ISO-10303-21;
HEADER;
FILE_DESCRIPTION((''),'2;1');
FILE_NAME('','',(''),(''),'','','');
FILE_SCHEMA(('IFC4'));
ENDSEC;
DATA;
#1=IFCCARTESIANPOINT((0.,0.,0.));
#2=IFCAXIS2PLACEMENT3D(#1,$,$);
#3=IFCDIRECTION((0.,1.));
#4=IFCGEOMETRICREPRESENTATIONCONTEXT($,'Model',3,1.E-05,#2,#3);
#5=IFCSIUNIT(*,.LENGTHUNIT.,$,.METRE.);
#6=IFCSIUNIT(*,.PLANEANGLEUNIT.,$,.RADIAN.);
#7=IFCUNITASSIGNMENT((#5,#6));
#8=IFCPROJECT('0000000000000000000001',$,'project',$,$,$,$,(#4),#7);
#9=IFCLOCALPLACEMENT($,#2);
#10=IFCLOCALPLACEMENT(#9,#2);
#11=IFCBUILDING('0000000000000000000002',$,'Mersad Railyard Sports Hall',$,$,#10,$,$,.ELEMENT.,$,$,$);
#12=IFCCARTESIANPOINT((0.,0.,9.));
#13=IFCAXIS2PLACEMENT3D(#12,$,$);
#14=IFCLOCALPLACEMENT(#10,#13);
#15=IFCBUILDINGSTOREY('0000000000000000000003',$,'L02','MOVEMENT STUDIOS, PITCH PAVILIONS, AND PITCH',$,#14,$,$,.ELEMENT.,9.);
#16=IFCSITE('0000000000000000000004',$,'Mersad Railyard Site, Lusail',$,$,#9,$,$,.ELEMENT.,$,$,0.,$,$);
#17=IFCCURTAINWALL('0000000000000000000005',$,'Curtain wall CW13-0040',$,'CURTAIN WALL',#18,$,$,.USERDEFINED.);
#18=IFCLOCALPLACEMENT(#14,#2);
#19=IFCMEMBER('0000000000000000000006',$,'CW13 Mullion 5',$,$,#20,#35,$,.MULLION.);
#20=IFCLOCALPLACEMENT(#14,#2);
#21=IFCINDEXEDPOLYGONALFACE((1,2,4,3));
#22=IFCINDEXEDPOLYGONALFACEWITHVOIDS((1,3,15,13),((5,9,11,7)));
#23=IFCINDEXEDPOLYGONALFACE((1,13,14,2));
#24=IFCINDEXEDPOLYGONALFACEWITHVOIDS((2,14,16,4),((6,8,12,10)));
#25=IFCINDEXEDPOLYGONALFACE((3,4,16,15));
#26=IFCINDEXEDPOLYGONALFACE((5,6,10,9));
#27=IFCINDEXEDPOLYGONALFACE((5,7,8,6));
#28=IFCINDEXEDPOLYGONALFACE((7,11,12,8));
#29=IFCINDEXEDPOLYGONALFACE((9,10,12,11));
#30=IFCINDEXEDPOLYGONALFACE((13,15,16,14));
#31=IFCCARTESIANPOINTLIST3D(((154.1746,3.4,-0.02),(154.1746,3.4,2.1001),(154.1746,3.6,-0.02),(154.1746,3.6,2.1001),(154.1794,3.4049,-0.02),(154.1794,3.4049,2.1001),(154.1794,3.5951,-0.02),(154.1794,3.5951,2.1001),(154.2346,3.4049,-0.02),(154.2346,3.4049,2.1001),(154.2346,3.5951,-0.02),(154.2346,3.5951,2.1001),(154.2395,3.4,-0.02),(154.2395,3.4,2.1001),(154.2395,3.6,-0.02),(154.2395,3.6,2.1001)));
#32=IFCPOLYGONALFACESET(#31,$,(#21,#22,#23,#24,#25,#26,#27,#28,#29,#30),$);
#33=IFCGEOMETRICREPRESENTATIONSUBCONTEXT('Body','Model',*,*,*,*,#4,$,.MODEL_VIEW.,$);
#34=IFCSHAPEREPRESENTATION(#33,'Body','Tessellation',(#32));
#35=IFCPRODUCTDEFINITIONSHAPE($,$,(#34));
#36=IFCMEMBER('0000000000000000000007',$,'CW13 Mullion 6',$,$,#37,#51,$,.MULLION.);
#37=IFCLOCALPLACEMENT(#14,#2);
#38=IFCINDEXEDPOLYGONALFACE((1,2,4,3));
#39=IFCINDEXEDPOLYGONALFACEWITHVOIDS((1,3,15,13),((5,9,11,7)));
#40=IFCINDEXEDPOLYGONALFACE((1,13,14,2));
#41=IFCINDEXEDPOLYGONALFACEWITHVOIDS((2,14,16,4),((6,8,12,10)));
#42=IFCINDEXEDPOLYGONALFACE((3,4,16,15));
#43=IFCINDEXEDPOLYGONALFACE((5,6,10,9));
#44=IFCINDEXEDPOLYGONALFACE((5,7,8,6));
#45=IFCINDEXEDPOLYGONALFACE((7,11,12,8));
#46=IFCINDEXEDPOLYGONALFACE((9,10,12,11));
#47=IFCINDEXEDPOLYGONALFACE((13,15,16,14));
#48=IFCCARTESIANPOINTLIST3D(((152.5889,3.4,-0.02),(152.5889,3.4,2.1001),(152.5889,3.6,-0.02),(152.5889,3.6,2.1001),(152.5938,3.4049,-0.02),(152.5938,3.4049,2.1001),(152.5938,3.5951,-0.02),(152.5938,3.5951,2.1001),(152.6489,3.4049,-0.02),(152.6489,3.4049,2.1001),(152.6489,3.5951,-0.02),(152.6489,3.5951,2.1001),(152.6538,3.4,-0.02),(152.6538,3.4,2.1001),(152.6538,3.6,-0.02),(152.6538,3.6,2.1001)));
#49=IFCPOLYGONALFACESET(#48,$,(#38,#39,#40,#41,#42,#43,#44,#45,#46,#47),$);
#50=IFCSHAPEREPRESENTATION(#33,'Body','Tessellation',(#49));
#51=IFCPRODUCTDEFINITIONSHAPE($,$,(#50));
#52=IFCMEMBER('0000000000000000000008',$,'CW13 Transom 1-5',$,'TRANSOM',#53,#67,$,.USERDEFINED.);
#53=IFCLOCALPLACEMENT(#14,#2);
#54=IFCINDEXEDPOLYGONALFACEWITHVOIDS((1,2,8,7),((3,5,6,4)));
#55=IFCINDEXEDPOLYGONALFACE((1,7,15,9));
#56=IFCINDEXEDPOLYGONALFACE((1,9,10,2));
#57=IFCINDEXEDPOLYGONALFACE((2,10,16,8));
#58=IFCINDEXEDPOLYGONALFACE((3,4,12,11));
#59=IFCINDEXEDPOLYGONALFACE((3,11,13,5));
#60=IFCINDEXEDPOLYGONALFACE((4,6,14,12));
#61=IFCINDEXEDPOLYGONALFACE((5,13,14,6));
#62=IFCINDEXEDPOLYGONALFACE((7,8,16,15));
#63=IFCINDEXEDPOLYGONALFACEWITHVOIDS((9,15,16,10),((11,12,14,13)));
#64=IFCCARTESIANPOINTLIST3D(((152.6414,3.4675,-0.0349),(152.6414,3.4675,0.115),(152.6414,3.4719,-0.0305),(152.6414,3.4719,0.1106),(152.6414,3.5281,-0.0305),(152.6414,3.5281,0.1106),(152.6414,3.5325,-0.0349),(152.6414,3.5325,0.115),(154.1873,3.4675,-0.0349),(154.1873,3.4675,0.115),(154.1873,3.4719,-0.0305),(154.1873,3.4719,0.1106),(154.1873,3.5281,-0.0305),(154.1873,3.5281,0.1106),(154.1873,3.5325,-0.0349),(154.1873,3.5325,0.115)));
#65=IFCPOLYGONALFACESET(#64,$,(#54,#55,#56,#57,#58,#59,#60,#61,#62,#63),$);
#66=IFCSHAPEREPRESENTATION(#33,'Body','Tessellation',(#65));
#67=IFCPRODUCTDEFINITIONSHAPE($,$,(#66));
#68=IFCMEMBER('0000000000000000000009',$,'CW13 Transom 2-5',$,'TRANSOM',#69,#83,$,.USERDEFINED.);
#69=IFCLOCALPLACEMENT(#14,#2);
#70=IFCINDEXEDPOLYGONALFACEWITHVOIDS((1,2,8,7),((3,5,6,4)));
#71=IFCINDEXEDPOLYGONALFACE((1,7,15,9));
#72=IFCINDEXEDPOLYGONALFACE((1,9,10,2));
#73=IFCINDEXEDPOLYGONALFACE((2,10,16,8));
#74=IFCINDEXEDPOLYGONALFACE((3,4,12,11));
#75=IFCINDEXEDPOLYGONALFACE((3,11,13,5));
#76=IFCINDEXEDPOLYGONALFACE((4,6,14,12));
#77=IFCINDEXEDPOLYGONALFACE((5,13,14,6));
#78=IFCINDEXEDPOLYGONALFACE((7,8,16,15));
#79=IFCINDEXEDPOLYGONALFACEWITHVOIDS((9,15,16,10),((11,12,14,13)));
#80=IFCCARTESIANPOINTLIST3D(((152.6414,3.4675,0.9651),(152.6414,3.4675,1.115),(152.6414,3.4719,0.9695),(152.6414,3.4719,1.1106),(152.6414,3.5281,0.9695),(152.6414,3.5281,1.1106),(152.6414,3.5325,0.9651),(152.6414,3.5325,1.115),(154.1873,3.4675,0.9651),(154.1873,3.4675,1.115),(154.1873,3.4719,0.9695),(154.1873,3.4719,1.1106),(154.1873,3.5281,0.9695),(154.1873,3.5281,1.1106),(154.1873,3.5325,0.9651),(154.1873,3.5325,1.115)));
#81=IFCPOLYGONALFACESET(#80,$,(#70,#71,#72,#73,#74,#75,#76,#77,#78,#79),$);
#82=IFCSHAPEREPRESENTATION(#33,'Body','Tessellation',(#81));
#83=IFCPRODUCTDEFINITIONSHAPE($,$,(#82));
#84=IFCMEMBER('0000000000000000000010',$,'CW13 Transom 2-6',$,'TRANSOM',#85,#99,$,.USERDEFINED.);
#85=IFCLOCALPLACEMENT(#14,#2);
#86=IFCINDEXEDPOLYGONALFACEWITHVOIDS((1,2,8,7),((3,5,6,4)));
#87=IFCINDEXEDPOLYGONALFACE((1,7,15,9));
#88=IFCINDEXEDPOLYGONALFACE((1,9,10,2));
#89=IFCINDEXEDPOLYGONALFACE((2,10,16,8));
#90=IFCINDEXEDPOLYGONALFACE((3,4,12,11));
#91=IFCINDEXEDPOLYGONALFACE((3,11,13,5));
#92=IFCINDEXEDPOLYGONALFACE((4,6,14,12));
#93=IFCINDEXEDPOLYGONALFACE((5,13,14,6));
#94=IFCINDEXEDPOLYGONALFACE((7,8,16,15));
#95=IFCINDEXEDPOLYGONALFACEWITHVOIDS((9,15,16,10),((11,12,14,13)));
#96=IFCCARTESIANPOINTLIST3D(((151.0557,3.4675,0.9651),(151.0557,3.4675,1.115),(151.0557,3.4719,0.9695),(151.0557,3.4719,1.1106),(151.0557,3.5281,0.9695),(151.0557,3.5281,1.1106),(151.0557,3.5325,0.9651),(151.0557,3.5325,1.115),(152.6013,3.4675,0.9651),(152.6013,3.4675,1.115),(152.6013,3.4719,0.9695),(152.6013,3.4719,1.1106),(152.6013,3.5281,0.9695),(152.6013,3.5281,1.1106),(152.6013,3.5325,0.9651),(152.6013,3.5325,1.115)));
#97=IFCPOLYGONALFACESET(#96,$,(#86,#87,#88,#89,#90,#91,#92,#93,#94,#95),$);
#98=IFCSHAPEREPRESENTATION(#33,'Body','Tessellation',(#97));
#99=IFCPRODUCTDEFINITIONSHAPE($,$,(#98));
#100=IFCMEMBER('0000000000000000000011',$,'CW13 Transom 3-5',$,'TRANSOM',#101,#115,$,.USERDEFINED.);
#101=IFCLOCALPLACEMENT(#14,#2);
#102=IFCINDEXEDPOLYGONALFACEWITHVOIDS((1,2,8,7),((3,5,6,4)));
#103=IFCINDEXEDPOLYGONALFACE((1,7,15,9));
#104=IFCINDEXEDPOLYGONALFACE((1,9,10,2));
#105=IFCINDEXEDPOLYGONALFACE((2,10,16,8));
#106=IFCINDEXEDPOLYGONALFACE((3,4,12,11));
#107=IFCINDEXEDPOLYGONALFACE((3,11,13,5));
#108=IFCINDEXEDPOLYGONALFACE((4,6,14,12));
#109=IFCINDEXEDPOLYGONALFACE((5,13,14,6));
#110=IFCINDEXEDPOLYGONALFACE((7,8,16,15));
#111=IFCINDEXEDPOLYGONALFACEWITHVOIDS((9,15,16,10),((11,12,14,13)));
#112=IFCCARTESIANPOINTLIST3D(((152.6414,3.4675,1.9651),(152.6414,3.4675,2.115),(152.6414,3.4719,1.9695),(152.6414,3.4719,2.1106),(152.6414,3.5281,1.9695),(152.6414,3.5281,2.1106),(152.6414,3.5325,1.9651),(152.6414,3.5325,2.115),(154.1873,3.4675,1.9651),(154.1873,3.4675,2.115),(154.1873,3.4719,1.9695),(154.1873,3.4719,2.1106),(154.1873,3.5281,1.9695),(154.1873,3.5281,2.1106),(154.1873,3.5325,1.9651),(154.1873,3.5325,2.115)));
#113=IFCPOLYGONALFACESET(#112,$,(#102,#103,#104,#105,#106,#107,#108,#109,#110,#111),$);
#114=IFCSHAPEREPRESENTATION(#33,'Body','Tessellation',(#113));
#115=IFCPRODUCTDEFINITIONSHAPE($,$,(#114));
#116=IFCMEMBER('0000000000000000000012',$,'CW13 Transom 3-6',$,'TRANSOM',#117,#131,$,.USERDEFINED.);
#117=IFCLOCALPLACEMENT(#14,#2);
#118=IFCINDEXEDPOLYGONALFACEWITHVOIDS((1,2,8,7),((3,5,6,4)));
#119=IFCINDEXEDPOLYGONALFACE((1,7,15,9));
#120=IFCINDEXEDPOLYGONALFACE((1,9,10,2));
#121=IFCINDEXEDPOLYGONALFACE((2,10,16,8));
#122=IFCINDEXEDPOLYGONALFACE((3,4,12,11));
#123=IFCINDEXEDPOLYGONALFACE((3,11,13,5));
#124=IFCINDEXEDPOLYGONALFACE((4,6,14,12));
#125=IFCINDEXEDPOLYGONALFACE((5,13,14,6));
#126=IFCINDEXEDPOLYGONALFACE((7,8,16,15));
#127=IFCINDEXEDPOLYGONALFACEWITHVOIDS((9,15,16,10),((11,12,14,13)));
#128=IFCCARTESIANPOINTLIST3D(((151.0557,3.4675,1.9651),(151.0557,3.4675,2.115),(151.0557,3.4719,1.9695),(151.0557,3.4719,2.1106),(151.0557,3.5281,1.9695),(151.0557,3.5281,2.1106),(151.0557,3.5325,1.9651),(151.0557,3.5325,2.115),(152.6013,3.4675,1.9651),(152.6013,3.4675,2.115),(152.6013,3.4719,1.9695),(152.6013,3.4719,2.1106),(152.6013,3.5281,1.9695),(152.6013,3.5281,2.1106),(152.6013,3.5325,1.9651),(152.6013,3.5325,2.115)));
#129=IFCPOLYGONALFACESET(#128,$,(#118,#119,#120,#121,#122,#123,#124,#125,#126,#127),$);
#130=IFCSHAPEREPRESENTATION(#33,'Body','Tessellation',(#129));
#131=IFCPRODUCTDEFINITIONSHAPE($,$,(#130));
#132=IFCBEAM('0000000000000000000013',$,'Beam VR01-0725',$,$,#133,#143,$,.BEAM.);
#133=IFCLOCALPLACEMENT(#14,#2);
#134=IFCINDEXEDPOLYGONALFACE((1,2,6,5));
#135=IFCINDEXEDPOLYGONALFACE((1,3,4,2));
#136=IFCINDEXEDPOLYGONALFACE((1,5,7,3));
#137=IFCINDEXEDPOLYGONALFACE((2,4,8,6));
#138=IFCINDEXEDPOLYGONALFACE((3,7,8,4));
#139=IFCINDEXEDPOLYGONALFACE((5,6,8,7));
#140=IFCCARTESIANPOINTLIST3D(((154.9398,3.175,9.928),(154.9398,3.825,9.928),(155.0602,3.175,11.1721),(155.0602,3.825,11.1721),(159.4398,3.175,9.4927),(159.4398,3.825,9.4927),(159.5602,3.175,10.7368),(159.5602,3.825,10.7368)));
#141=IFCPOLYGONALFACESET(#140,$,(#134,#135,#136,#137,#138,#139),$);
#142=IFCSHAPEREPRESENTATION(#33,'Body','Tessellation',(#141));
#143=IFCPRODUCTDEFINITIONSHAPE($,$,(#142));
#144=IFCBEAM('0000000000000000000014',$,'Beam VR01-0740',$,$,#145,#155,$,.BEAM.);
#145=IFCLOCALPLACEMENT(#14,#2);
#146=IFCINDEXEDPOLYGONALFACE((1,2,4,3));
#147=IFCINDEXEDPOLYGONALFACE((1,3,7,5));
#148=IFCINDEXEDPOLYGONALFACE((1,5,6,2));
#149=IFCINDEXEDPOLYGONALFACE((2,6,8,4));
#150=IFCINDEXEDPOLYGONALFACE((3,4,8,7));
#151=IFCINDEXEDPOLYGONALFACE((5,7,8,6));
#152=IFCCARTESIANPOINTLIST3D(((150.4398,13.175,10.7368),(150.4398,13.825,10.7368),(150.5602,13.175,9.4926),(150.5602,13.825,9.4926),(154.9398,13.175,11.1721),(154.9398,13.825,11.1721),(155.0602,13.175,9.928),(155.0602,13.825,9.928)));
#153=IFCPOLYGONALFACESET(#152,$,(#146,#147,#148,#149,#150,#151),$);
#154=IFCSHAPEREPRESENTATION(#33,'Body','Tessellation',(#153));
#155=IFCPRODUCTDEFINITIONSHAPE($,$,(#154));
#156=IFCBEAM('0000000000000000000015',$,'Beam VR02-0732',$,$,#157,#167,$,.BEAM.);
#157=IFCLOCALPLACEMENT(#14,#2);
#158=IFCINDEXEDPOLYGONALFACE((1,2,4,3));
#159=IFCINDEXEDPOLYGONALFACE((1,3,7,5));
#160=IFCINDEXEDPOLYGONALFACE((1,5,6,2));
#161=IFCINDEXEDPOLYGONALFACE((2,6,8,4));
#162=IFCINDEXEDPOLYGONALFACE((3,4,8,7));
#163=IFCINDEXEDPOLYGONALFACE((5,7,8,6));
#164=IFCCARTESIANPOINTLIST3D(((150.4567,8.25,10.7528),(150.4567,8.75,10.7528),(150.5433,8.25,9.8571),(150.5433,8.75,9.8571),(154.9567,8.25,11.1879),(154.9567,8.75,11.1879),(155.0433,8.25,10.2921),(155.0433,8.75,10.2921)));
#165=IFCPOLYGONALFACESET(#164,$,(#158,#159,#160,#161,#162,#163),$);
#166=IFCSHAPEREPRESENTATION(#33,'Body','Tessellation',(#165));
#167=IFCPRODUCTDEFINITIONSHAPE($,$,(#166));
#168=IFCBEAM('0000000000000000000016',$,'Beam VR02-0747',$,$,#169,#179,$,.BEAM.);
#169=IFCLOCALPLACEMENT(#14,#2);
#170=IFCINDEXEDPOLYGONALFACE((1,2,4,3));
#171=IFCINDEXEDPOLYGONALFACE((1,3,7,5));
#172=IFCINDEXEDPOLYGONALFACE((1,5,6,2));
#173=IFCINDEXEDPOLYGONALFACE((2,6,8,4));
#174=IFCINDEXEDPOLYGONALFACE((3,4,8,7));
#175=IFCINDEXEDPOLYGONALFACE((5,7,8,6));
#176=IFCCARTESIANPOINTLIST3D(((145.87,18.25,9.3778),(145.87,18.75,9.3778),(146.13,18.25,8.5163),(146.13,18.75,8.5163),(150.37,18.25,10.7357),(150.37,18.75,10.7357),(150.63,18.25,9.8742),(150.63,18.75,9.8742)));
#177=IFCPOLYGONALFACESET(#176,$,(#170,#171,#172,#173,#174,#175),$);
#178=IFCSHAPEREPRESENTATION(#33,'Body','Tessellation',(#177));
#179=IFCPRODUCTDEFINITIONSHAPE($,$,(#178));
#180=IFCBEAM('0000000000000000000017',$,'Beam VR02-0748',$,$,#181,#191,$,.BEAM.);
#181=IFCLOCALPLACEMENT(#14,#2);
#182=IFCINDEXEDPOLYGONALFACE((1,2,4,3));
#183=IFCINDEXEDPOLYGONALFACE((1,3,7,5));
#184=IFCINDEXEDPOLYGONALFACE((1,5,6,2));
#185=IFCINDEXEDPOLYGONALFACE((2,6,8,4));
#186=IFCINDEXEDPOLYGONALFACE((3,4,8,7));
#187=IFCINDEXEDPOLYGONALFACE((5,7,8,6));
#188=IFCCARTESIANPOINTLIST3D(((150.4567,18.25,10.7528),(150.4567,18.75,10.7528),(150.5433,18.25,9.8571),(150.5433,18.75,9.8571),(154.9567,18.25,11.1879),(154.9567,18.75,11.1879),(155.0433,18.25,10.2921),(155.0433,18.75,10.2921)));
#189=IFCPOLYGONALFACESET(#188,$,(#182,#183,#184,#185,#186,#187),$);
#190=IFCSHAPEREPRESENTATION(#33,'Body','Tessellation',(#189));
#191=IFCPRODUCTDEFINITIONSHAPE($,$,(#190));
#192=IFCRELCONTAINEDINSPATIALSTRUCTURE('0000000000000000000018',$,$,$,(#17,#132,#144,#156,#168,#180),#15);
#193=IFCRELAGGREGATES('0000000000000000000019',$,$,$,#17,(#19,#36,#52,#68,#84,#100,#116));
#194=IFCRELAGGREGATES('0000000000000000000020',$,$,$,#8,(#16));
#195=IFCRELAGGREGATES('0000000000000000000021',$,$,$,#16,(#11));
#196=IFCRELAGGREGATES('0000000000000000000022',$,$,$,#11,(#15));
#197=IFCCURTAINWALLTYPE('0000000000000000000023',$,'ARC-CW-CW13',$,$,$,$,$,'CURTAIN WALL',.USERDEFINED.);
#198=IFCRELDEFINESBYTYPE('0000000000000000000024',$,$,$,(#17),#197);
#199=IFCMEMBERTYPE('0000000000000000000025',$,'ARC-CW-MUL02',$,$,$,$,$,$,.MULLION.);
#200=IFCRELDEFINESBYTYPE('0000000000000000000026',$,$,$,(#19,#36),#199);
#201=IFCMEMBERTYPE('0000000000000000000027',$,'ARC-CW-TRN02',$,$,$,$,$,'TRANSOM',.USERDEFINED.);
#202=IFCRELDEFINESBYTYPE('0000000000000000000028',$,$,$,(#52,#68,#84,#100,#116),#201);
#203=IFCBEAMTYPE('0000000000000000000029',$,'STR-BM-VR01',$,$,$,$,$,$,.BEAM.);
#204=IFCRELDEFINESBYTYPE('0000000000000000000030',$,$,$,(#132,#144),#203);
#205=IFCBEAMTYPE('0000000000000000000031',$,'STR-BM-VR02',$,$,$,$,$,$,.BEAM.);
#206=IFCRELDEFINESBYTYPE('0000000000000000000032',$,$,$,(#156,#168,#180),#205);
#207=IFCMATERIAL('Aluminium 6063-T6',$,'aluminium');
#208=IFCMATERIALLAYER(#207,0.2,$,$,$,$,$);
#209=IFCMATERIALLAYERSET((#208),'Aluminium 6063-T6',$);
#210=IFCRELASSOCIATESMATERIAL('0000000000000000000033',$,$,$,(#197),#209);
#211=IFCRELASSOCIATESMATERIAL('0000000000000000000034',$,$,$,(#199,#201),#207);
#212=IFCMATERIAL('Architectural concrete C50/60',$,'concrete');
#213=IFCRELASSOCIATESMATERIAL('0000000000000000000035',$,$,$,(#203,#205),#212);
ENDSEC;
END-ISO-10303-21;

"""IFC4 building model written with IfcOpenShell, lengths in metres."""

from ifc_helpers import new_model, si_unit, direction, frame, origin, origin_2d, place, context, subcontext, project, spatial, rectangle, hollow_rectangle, extrude, material, layer, layer_set, material_profile, profile_set, type_object, element, aggregate, save


model = new_model("IFC4")

# Units and contexts
model_context = context("Model", 3, precision=1e-05, world=origin(), true_north=direction((0.0, 1.0)))
body_context = subcontext(model_context, "Body", "Model", "MODEL_VIEW")
ifc_project = project(units=[si_unit("LENGTHUNIT", "METRE"), si_unit("PLANEANGLEUNIT", "RADIAN")], contexts=[model_context])

# Site, building, storey
site_placement = place(None, origin())
site = spatial("IfcSite", under=ifc_project, at=site_placement, Name="Mersad Railyard Site, Lusail", CompositionType="ELEMENT", RefElevation=0.0)
building_placement = place(site_placement, origin())
building = spatial("IfcBuilding", under=site, at=building_placement, Name="Mersad Railyard Sports Hall", CompositionType="ELEMENT")
storey_placement = place(building_placement, frame((0.0, 0.0, 9.0)))
storey = spatial("IfcBuildingStorey", under=building, at=storey_placement, Name="L02", Description="MOVEMENT STUDIOS, PITCH PAVILIONS, AND PITCH", CompositionType="ELEMENT", Elevation=9.0)

# Curtain wall, members
ifc_material_1 = material(Name="Aluminium 6063-T6", Category="aluminium")
ifc_layer_1 = layer(ifc_material_1, 0.2)
ifc_layer_set_1 = layer_set([ifc_layer_1], Name="Aluminium 6063-T6")
curtain_wall_type = type_object("IfcCurtainWallType", Name="ARC-CW-CW13", ElementType="CURTAIN WALL", PredefinedType="USERDEFINED", material=ifc_layer_set_1)
curtain_wall_placement = place(storey_placement, origin())
curtain_wall = element("IfcCurtainWall", 1, at=curtain_wall_placement, inside=storey, type_object=curtain_wall_type, Name="Curtain wall CW13-0040", ObjectType="CURTAIN WALL", PredefinedType="USERDEFINED")
ifc_material_profile_1 = material_profile(ifc_material_1, hollow_rectangle(XDim=0.0649, YDim=0.2, WallThickness=0.0049, at=origin_2d()), Name="AL MULLION 65x200x5")
ifc_profile_set_1 = profile_set([ifc_material_profile_1], Name="Aluminium 6063-T6")
member_type_1 = type_object("IfcMemberType", Name="ARC-CW-MUL02", PredefinedType="MULLION", material=ifc_profile_set_1)
member_1_placement = place(storey_placement, frame((154.207, 3.5, -0.02), z_axis=(0.0, 0.0, 1.0), x_axis=(1.0, 0.0, 0.0)))
member_1 = element("IfcMember", 2, at=member_1_placement, type_object=member_type_1, Name="CW13 Mullion 5", PredefinedType="MULLION", context=body_context, shape_type="SweptSolid", body=[
    extrude(hollow_rectangle(XDim=0.0649, YDim=0.2, WallThickness=0.0049, at=origin_2d()), origin(), (0.0, 0.0, 1.0), 2.1201),
])
member_2_placement = place(storey_placement, frame((152.6213, 3.5, -0.02), z_axis=(0.0, 0.0, 1.0), x_axis=(1.0, 0.0, 0.0)))
member_2 = element("IfcMember", 3, at=member_2_placement, type_object=member_type_1, Name="CW13 Mullion 6", PredefinedType="MULLION", context=body_context, shape_type="SweptSolid", body=[
    extrude(hollow_rectangle(XDim=0.0649, YDim=0.2, WallThickness=0.0049, at=origin_2d()), origin(), (0.0, 0.0, 1.0), 2.1201),
])
ifc_material_profile_2 = material_profile(ifc_material_1, hollow_rectangle(XDim=0.0649, YDim=0.1499, WallThickness=0.0044, at=origin_2d()), Name="AL TRANSOM 65x150x4.5")
ifc_profile_set_2 = profile_set([ifc_material_profile_2], Name="Aluminium 6063-T6")
member_type_2 = type_object("IfcMemberType", Name="ARC-CW-TRN02", ElementType="TRANSOM", PredefinedType="USERDEFINED", material=ifc_profile_set_2)
member_3_placement = place(storey_placement, frame((154.1873, 3.5, 0.04), z_axis=(-1.0, 0.0, 0.0), x_axis=(0.0, -1.0, 0.0)))
member_3 = element("IfcMember", 4, at=member_3_placement, type_object=member_type_2, Name="CW13 Transom 1-5", ObjectType="TRANSOM", PredefinedType="USERDEFINED", context=body_context, shape_type="SweptSolid", body=[
    extrude(hollow_rectangle(XDim=0.0649, YDim=0.1499, WallThickness=0.0044, at=origin_2d()), origin(), (0.0, 0.0, 1.0), 1.5459),
])
member_4_placement = place(storey_placement, frame((154.1873, 3.5, 1.04), z_axis=(-1.0, 0.0, 0.0), x_axis=(0.0, -1.0, 0.0)))
member_4 = element("IfcMember", 5, at=member_4_placement, type_object=member_type_2, Name="CW13 Transom 2-5", ObjectType="TRANSOM", PredefinedType="USERDEFINED", context=body_context, shape_type="SweptSolid", body=[
    extrude(hollow_rectangle(XDim=0.0649, YDim=0.1499, WallThickness=0.0044, at=origin_2d()), origin(), (0.0, 0.0, 1.0), 1.5459),
])
member_5_placement = place(storey_placement, frame((152.6013, 3.5, 1.04), z_axis=(-1.0, 0.0, 0.0), x_axis=(0.0, -1.0, 0.0)))
member_5 = element("IfcMember", 6, at=member_5_placement, type_object=member_type_2, Name="CW13 Transom 2-6", ObjectType="TRANSOM", PredefinedType="USERDEFINED", context=body_context, shape_type="SweptSolid", body=[
    extrude(hollow_rectangle(XDim=0.0649, YDim=0.1499, WallThickness=0.0044, at=origin_2d()), origin(), (0.0, 0.0, 1.0), 1.5457),
])
member_6_placement = place(storey_placement, frame((154.1873, 3.5, 2.04), z_axis=(-1.0, 0.0, 0.0), x_axis=(0.0, -1.0, 0.0)))
member_6 = element("IfcMember", 7, at=member_6_placement, type_object=member_type_2, Name="CW13 Transom 3-5", ObjectType="TRANSOM", PredefinedType="USERDEFINED", context=body_context, shape_type="SweptSolid", body=[
    extrude(hollow_rectangle(XDim=0.0649, YDim=0.1499, WallThickness=0.0044, at=origin_2d()), origin(), (0.0, 0.0, 1.0), 1.5459),
])
member_7_placement = place(storey_placement, frame((152.6013, 3.5, 2.04), z_axis=(-1.0, 0.0, 0.0), x_axis=(0.0, -1.0, 0.0)))
member_7 = element("IfcMember", 8, at=member_7_placement, type_object=member_type_2, Name="CW13 Transom 3-6", ObjectType="TRANSOM", PredefinedType="USERDEFINED", context=body_context, shape_type="SweptSolid", body=[
    extrude(hollow_rectangle(XDim=0.0649, YDim=0.1499, WallThickness=0.0044, at=origin_2d()), origin(), (0.0, 0.0, 1.0), 1.5457),
])

# Beams
ifc_material_2 = material(Name="Architectural concrete C50/60", Category="concrete")
ifc_material_profile_3 = material_profile(ifc_material_2, rectangle(XDim=0.6499, YDim=1.25, at=origin_2d()), Name="VR 650x1250")
ifc_profile_set_3 = profile_set([ifc_material_profile_3], Name="Architectural concrete C50/60")
beam_type_1 = type_object("IfcBeamType", Name="STR-BM-VR01", PredefinedType="BEAM", material=ifc_profile_set_3)
for number, where, z_axis, x_axis, name in (
    (9, (155.0, 3.5, 10.55), (0.995354, 0.0, -0.096285), (0.0, 1.0, 0.0), "Beam VR01-0725"),
    (10, (150.5, 13.5, 10.1147), (0.995354, 0.0, 0.096285), (0.0, 1.0, 0.0), "Beam VR01-0740"),
):
    element("IfcBeam", number, at=place(storey_placement, frame(where, z_axis=z_axis, x_axis=x_axis)), inside=storey, type_object=beam_type_1, Name=name, PredefinedType="BEAM", context=body_context, shape_type="SweptSolid", body=[
        extrude(rectangle(XDim=0.6499, YDim=1.25, at=origin_2d()), origin(), (0.0, 0.0, 1.0), 4.521),
    ])
ifc_material_profile_4 = material_profile(ifc_material_2, rectangle(XDim=0.5, YDim=0.8999, at=origin_2d()), Name="VR 500x900")
ifc_profile_set_4 = profile_set([ifc_material_profile_4], Name="Architectural concrete C50/60")
beam_type_2 = type_object("IfcBeamType", Name="STR-BM-VR02", PredefinedType="BEAM", material=ifc_profile_set_4)
beam_1_placement = place(storey_placement, frame((150.5, 8.5, 10.3049), z_axis=(0.995359, 0.0, 0.096231), x_axis=(0.0, 1.0, 0.0)))
element("IfcBeam", 11, at=beam_1_placement, inside=storey, type_object=beam_type_2, Name="Beam VR02-0732", PredefinedType="BEAM", context=body_context, shape_type="SweptSolid", body=[
    extrude(rectangle(XDim=0.5, YDim=0.8999, at=origin_2d()), origin(), (0.0, 0.0, 1.0), 4.521),
])
beam_2_placement = place(storey_placement, frame((146.0, 18.5, 8.947), z_axis=(0.957362, 0.0, 0.288891), x_axis=(0.0, 1.0, 0.0)))
element("IfcBeam", 12, at=beam_2_placement, inside=storey, type_object=beam_type_2, Name="Beam VR02-0747", PredefinedType="BEAM", context=body_context, shape_type="SweptSolid", body=[
    extrude(rectangle(XDim=0.5, YDim=0.8999, at=origin_2d()), origin(), (0.0, 0.0, 1.0), 4.7004),
])
beam_3_placement = place(storey_placement, frame((150.5, 18.5, 10.3049), z_axis=(0.995359, 0.0, 0.096231), x_axis=(0.0, 1.0, 0.0)))
element("IfcBeam", 13, at=beam_3_placement, inside=storey, type_object=beam_type_2, Name="Beam VR02-0748", PredefinedType="BEAM", context=body_context, shape_type="SweptSolid", body=[
    extrude(rectangle(XDim=0.5, YDim=0.8999, at=origin_2d()), origin(), (0.0, 0.0, 1.0), 4.521),
])

aggregate(curtain_wall, [member_1, member_2, member_3, member_4, member_5, member_6, member_7])

save(model, "model.ifc")
